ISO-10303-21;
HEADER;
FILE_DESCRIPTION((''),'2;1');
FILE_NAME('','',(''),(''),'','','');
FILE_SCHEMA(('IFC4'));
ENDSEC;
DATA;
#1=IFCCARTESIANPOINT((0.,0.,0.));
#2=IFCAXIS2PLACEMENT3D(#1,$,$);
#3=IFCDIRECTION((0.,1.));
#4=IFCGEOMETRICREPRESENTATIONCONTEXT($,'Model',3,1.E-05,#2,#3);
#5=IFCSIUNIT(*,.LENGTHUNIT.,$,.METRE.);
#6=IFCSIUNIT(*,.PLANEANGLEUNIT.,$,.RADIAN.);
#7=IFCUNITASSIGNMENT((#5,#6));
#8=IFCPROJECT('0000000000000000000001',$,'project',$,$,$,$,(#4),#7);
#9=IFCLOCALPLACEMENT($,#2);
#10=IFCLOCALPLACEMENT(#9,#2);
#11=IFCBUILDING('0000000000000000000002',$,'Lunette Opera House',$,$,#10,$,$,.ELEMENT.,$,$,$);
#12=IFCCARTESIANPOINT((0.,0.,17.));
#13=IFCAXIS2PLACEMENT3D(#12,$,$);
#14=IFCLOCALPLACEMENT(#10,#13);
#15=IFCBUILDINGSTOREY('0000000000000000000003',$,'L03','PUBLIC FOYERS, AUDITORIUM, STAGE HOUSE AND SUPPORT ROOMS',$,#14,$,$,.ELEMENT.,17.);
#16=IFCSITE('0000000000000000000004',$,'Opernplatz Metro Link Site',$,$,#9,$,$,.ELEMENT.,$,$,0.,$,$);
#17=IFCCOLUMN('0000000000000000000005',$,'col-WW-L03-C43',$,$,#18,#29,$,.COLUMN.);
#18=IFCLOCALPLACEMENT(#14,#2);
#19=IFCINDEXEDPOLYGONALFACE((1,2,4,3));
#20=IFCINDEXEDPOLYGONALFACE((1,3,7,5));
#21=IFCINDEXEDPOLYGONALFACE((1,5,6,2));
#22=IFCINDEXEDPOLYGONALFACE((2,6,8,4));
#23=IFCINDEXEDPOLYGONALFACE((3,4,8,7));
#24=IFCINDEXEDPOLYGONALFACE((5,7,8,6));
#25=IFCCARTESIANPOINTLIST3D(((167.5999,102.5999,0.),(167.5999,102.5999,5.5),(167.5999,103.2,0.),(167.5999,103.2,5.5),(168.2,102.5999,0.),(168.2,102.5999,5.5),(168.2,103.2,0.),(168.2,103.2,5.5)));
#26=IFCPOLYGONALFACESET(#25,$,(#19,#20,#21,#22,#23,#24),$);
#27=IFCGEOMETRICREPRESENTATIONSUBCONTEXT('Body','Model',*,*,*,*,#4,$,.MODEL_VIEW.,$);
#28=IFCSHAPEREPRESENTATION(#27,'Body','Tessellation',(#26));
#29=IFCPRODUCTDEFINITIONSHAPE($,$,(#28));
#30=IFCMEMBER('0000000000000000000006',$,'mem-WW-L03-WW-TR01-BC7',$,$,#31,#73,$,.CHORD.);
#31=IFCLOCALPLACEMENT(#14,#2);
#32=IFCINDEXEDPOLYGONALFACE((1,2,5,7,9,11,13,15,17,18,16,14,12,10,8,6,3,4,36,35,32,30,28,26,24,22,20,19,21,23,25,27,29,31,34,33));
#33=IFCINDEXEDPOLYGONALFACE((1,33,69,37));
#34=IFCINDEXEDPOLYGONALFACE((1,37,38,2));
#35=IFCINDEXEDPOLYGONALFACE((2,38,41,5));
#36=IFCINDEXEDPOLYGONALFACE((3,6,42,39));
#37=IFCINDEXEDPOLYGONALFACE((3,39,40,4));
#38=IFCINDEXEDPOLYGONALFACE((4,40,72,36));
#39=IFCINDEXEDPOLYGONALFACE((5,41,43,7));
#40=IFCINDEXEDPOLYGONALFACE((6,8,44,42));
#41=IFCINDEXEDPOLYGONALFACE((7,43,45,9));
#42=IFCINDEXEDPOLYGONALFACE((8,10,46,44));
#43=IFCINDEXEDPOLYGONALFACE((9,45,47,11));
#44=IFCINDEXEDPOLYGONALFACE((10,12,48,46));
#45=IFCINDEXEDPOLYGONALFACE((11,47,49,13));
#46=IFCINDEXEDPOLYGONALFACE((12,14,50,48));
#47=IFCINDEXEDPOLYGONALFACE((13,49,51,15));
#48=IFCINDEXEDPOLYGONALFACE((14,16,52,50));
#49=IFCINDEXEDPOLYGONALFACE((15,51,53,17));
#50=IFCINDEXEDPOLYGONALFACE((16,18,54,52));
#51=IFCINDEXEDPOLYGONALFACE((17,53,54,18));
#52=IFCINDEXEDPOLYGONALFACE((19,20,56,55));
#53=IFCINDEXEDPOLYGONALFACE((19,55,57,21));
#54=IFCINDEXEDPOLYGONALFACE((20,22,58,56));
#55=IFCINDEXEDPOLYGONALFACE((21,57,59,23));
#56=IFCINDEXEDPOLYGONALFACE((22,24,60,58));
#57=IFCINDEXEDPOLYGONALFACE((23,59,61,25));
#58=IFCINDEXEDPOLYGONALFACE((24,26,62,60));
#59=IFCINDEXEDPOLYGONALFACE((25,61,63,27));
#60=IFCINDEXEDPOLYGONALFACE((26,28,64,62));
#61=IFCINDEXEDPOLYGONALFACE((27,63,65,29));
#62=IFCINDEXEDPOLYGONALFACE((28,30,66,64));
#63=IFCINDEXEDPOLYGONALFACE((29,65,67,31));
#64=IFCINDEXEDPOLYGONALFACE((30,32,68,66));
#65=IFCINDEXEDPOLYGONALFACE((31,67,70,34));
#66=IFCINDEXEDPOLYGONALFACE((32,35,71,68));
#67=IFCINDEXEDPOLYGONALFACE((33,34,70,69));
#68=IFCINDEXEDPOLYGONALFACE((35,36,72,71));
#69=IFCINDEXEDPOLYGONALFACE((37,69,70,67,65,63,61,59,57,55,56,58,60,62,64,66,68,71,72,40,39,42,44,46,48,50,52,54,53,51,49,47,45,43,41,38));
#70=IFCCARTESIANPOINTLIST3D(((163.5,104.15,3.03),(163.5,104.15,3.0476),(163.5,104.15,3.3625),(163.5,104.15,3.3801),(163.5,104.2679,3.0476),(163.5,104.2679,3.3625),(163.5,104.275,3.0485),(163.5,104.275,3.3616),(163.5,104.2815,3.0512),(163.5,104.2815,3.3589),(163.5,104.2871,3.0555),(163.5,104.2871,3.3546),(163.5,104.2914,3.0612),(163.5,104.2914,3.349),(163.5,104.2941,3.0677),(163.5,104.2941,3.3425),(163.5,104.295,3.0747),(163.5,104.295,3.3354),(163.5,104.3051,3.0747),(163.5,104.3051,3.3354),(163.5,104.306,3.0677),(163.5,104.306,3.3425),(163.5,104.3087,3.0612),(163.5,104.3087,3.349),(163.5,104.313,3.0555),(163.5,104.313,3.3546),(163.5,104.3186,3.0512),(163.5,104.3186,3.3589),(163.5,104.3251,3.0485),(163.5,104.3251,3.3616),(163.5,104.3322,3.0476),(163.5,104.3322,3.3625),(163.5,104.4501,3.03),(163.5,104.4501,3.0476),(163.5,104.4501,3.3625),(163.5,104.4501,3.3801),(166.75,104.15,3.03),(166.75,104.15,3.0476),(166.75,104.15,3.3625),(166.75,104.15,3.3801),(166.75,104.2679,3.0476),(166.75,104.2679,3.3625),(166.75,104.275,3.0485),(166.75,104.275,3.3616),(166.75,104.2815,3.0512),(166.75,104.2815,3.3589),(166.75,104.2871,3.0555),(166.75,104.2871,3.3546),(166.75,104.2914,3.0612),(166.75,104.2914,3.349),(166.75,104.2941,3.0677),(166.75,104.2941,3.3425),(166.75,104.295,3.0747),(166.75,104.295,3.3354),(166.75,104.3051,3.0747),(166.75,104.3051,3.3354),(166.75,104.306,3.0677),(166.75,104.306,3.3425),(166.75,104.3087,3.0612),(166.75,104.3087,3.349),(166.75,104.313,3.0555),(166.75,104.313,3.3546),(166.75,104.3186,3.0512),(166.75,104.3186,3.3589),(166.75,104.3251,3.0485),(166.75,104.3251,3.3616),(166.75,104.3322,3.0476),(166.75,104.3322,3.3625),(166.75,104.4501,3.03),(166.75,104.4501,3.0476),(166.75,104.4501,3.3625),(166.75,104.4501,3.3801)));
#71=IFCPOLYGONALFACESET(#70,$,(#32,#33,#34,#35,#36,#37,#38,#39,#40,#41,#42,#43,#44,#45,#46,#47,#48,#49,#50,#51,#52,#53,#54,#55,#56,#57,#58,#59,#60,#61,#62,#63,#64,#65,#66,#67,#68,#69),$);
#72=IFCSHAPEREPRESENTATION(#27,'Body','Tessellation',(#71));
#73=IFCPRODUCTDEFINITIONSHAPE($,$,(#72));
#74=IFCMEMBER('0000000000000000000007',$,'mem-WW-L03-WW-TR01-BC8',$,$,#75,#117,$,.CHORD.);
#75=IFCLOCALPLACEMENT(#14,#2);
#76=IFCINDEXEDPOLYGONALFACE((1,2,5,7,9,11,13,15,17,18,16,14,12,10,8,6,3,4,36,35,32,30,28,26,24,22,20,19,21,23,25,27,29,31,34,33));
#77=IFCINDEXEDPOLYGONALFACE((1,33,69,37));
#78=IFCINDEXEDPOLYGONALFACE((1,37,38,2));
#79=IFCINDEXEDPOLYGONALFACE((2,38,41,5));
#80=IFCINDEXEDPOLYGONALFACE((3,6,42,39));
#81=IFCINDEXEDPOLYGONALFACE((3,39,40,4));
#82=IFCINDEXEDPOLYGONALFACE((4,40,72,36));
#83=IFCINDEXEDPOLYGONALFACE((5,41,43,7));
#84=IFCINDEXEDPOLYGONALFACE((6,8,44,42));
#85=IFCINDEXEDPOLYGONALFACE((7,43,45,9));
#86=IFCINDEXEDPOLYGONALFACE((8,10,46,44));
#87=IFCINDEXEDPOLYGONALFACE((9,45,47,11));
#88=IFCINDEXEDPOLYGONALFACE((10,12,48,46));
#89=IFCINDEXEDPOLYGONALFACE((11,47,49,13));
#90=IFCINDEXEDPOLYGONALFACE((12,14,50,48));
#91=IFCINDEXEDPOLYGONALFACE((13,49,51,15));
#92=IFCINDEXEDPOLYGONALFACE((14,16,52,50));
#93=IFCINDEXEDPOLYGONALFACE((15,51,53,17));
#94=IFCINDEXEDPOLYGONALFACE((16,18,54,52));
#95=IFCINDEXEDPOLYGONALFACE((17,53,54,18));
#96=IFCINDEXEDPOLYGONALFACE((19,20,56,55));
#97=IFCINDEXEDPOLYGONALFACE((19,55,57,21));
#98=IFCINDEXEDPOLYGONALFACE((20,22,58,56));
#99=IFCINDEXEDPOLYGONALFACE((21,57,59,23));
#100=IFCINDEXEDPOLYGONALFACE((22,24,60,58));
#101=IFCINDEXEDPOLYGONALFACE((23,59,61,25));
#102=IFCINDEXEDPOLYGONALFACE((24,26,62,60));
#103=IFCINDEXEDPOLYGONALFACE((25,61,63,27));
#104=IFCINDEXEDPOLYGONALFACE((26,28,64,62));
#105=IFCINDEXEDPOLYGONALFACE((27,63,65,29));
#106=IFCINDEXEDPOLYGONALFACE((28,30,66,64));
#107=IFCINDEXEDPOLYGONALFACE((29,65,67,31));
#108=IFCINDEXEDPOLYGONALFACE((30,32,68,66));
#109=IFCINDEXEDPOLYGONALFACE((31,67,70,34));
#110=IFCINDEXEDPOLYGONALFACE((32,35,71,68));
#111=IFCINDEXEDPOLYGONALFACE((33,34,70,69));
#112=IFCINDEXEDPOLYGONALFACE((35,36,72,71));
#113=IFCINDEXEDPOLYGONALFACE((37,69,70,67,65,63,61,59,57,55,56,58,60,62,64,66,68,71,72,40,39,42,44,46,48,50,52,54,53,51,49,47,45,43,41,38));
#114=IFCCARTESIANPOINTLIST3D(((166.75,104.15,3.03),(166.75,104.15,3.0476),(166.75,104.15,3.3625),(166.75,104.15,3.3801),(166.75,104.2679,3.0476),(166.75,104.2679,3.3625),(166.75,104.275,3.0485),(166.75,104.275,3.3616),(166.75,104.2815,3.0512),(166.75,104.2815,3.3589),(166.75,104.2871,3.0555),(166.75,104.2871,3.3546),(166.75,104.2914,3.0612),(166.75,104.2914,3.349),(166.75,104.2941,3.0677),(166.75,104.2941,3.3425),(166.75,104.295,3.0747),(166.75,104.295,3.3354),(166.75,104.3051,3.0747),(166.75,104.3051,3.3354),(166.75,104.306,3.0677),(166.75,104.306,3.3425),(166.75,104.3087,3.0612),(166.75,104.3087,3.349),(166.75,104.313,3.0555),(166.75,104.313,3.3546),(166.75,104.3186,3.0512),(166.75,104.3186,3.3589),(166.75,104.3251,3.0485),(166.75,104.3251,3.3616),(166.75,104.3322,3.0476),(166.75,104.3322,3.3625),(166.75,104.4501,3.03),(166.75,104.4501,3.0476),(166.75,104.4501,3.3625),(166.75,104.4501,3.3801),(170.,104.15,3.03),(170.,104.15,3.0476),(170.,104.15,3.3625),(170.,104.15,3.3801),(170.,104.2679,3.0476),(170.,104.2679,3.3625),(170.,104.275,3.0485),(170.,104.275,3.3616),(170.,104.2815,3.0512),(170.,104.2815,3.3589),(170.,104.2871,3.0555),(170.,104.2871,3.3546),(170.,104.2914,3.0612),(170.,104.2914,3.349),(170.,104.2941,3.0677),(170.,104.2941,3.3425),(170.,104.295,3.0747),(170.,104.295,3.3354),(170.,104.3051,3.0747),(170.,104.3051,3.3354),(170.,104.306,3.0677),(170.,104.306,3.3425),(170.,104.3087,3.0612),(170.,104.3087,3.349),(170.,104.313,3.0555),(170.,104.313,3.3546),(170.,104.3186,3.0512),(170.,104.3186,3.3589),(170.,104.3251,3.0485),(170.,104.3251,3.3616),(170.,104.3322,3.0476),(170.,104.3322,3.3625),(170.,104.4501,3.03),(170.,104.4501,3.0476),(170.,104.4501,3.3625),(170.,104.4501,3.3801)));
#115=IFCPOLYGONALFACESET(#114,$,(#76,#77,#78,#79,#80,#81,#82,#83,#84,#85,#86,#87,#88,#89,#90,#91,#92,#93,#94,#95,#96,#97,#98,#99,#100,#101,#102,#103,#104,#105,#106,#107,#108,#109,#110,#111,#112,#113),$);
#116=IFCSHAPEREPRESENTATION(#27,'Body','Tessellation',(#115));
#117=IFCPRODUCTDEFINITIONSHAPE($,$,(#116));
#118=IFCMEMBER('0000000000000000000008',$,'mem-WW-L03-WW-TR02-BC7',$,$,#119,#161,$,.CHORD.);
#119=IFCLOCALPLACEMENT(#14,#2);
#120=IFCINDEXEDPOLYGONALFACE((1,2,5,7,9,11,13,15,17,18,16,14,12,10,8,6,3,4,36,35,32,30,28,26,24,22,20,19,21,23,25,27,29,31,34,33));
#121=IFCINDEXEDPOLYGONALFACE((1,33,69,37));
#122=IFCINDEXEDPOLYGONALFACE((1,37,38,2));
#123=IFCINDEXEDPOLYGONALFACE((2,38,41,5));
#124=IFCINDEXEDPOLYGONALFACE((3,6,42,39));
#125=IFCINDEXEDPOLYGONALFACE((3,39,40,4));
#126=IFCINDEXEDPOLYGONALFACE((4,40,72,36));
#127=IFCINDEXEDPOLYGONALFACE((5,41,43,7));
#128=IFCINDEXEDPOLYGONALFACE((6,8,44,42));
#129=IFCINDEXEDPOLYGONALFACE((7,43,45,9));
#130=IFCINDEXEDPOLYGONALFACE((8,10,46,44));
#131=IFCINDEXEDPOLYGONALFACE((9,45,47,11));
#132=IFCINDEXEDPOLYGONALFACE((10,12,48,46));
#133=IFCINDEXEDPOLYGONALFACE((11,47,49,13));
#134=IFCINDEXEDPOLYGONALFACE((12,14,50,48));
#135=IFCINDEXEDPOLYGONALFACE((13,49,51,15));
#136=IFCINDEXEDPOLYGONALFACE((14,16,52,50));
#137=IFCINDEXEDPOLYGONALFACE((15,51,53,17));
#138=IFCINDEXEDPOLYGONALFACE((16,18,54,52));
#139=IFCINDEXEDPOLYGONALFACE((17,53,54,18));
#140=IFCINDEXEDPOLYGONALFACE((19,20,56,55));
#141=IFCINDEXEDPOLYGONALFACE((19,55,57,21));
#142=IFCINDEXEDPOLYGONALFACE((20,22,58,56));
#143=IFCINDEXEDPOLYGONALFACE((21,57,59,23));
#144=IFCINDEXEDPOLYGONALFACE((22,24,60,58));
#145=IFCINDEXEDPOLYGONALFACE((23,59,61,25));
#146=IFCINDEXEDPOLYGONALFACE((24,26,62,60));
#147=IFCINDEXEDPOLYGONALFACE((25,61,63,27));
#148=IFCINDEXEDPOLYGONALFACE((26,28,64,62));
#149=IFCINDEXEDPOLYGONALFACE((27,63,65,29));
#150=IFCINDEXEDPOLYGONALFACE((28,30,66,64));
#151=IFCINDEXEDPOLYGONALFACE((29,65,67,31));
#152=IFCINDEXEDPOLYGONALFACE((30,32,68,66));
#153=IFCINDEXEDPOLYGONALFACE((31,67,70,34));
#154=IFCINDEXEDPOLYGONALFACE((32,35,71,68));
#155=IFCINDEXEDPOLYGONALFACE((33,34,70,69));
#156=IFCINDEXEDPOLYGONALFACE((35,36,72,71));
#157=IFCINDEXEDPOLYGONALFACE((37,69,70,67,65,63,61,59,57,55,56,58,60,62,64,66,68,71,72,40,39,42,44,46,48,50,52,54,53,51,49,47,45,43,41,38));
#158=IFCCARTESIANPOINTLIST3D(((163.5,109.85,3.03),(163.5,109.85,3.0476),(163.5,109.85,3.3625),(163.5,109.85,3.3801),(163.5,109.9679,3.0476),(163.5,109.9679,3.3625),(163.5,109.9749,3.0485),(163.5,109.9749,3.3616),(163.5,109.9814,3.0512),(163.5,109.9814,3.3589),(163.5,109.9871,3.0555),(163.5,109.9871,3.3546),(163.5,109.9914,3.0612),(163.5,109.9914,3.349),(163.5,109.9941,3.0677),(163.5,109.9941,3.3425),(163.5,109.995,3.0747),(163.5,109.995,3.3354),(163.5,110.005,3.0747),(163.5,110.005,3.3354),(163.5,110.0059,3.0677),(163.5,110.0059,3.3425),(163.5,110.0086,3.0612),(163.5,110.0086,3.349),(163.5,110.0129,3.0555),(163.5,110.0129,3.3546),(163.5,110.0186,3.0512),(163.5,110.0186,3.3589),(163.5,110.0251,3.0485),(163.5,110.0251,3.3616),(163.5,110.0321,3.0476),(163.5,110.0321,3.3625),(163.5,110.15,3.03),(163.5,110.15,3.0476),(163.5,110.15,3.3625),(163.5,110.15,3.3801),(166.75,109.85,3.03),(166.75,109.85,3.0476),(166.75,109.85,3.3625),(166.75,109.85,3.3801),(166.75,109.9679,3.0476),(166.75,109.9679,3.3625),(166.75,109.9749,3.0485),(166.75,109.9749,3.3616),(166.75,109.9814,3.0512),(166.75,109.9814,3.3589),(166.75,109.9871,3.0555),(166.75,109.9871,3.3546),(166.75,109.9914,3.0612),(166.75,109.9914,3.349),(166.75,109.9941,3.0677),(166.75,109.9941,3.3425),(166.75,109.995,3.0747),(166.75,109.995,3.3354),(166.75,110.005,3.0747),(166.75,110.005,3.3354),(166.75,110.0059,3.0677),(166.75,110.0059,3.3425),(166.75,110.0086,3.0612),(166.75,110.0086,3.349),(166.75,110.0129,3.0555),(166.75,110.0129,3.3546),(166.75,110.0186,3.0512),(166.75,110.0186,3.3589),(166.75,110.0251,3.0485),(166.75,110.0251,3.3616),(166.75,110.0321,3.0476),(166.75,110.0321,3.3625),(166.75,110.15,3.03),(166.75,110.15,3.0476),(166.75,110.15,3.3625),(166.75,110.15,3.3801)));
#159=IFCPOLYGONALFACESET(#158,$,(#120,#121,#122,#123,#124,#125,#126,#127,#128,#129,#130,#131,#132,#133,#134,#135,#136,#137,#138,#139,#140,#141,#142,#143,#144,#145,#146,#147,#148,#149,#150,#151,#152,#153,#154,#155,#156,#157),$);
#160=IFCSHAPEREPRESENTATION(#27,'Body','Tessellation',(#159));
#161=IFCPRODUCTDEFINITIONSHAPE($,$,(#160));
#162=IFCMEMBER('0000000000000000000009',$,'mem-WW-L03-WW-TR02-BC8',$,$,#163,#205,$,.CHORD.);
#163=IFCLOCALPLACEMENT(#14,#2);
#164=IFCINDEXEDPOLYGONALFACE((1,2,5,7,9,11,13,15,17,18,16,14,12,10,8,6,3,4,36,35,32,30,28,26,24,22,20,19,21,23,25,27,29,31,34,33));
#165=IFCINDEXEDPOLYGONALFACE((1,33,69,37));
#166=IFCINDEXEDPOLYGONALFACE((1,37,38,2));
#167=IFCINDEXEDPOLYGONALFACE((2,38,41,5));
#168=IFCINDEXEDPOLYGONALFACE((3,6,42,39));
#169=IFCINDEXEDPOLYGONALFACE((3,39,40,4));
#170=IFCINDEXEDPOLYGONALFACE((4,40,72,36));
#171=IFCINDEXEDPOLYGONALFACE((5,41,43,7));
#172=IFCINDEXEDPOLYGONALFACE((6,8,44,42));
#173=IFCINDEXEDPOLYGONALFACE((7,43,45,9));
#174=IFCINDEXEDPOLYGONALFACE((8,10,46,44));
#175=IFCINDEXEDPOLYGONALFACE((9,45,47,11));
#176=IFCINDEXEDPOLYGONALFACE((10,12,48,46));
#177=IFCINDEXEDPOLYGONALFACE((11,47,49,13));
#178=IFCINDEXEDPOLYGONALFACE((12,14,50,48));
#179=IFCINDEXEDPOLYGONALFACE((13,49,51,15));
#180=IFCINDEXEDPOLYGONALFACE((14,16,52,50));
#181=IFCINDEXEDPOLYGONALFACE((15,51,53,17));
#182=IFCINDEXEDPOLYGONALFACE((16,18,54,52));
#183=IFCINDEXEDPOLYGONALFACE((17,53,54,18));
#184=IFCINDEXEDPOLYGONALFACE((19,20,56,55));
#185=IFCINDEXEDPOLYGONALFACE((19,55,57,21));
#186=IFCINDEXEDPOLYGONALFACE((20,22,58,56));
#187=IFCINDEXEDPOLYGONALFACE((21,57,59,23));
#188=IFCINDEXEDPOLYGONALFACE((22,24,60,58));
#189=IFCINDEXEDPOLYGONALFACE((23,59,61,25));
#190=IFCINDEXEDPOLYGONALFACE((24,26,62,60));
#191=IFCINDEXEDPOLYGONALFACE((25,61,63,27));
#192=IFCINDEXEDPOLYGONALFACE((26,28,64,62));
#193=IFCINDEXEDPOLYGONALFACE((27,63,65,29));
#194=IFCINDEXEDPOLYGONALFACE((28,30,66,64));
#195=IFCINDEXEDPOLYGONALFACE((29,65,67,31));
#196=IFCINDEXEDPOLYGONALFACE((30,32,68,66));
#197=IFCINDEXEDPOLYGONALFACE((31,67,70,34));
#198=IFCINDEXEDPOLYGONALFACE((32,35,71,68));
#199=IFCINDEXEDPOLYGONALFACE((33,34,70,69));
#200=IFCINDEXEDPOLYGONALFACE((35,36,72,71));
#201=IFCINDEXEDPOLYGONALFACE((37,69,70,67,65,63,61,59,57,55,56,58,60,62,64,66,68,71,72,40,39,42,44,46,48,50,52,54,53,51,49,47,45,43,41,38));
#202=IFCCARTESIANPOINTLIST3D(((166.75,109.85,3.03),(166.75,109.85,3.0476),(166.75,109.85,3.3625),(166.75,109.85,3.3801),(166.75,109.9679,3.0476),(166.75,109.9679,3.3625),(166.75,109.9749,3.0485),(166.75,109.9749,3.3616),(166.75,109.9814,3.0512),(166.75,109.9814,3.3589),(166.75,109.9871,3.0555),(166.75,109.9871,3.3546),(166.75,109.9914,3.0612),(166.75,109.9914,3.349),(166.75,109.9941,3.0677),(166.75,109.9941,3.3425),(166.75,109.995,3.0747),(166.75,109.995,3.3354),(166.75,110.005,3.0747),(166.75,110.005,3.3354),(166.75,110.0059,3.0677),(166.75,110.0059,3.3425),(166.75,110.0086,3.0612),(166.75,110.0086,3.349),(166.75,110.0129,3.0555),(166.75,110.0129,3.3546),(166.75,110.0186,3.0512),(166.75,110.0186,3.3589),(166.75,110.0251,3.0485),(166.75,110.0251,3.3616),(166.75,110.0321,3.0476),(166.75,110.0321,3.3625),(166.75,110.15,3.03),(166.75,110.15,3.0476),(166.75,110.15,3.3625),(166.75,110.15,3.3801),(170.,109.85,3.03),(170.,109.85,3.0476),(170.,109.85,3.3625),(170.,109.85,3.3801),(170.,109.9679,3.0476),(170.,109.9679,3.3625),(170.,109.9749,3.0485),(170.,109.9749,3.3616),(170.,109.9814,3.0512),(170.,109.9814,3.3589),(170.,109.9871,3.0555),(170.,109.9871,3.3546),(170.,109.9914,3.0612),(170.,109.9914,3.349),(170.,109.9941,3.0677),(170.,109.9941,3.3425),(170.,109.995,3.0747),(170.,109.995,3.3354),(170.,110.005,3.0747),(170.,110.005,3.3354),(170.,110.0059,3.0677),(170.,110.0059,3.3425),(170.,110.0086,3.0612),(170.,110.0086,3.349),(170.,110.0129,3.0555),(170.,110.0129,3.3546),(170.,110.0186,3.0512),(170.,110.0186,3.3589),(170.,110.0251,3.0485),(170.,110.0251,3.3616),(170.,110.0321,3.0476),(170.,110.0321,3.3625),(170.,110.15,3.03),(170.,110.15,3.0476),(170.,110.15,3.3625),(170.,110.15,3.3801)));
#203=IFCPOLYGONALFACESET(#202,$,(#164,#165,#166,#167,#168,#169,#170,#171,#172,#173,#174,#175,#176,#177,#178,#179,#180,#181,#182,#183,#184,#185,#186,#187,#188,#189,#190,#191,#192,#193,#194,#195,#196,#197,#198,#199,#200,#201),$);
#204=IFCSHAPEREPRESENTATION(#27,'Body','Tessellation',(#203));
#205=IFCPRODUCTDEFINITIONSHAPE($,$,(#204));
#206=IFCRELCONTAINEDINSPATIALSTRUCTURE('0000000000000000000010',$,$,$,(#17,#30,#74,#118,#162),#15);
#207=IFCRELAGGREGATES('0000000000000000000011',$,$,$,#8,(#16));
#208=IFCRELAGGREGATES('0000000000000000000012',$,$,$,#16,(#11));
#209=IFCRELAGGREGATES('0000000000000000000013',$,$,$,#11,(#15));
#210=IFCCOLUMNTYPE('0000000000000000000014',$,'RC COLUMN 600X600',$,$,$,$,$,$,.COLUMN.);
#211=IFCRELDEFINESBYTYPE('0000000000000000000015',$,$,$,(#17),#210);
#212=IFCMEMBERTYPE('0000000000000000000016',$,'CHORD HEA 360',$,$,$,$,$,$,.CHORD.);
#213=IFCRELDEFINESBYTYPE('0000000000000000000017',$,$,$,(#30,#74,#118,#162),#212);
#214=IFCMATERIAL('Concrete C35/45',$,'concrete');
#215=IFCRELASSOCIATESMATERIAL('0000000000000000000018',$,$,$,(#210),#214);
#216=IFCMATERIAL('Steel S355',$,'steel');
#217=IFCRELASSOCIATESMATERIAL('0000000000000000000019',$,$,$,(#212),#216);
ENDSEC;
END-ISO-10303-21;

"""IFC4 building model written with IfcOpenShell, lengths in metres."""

from ifc_helpers import new_model, si_unit, direction, frame, origin, origin_2d, place, context, subcontext, project, spatial, rectangle, i_section, extrude, material, material_profile, profile_set, type_object, element, save


model = new_model("IFC4")

# Units and contexts
model_context = context("Model", 3, precision=1e-05, world=origin(), true_north=direction((0.0, 1.0)))
body_context = subcontext(model_context, "Body", "Model", "MODEL_VIEW")
ifc_project = project(units=[si_unit("LENGTHUNIT", "METRE"), si_unit("PLANEANGLEUNIT", "RADIAN")], contexts=[model_context])

# Site, building, storey
site_placement = place(None, origin())
site = spatial("IfcSite", under=ifc_project, at=site_placement, Name="Opernplatz Metro Link Site", CompositionType="ELEMENT", RefElevation=0.0)
building_placement = place(site_placement, origin())
building = spatial("IfcBuilding", under=site, at=building_placement, Name="Lunette Opera House", CompositionType="ELEMENT")
storey_placement = place(building_placement, frame((0.0, 0.0, 17.0)))
storey = spatial("IfcBuildingStorey", under=building, at=storey_placement, Name="L03", Description="PUBLIC FOYERS, AUDITORIUM, STAGE HOUSE AND SUPPORT ROOMS", CompositionType="ELEMENT", Elevation=17.0)

# Column
ifc_material_1 = material(Name="Concrete C35/45", Category="concrete")
ifc_material_profile_1 = material_profile(ifc_material_1, rectangle(XDim=0.6001, YDim=0.6001, at=origin_2d()), Name="RC COLUMN 600X600")
ifc_profile_set_1 = profile_set([ifc_material_profile_1], Name="Concrete C35/45")
column_type = type_object("IfcColumnType", Name="RC COLUMN 600X600", PredefinedType="COLUMN", material=ifc_profile_set_1)
column_placement = place(storey_placement, frame((167.8999, 102.8999, 0.0), z_axis=(0.0, 0.0, 1.0), x_axis=(1.0, 0.0, 0.0)))
element("IfcColumn", 1, at=column_placement, inside=storey, type_object=column_type, Name="col-WW-L03-C43", PredefinedType="COLUMN", context=body_context, shape_type="SweptSolid", body=[
    extrude(rectangle(XDim=0.6001, YDim=0.6001, at=origin_2d()), origin(), (0.0, 0.0, 1.0), 5.5),
])

# Members
ifc_material_2 = material(Name="Steel S355", Category="steel")
ifc_material_profile_2 = material_profile(ifc_material_2, i_section(OverallWidth=0.3, OverallDepth=0.3501, WebThickness=0.01, FlangeThickness=0.0176, FilletRadius=0.0271, at=origin_2d()), Name="HEA 360")
ifc_profile_set_2 = profile_set([ifc_material_profile_2], Name="Steel S355")
member_type_1 = type_object("IfcMemberType", Name="CHORD HEA 360", PredefinedType="CHORD", material=ifc_profile_set_2)
for number, where, z_axis, x_axis, name in (
    (2, (163.5, 104.3, 3.2051), (1.0, 0.0, 0.0), (0.0, 1.0, 0.0), "mem-WW-L03-WW-TR01-BC7"),
    (3, (166.75, 104.3, 3.2051), (1.0, 0.0, 0.0), (0.0, 1.0, 0.0), "mem-WW-L03-WW-TR01-BC8"),
    (4, (163.5, 110.0, 3.2051), (1.0, 0.0, 0.0), (0.0, 1.0, 0.0), "mem-WW-L03-WW-TR02-BC7"),
    (5, (166.75, 110.0, 3.2051), (1.0, 0.0, 0.0), (0.0, 1.0, 0.0), "mem-WW-L03-WW-TR02-BC8"),
):
    element("IfcMember", number, at=place(storey_placement, frame(where, z_axis=z_axis, x_axis=x_axis)), inside=storey, type_object=member_type_1, Name=name, PredefinedType="CHORD", context=body_context, shape_type="SweptSolid", body=[
        extrude(i_section(OverallWidth=0.3, OverallDepth=0.3501, WebThickness=0.01, FlangeThickness=0.0176, FilletRadius=0.0271, at=origin_2d()), origin(), (0.0, 0.0, 1.0), 3.25),
    ])

save(model, "model.ifc")
